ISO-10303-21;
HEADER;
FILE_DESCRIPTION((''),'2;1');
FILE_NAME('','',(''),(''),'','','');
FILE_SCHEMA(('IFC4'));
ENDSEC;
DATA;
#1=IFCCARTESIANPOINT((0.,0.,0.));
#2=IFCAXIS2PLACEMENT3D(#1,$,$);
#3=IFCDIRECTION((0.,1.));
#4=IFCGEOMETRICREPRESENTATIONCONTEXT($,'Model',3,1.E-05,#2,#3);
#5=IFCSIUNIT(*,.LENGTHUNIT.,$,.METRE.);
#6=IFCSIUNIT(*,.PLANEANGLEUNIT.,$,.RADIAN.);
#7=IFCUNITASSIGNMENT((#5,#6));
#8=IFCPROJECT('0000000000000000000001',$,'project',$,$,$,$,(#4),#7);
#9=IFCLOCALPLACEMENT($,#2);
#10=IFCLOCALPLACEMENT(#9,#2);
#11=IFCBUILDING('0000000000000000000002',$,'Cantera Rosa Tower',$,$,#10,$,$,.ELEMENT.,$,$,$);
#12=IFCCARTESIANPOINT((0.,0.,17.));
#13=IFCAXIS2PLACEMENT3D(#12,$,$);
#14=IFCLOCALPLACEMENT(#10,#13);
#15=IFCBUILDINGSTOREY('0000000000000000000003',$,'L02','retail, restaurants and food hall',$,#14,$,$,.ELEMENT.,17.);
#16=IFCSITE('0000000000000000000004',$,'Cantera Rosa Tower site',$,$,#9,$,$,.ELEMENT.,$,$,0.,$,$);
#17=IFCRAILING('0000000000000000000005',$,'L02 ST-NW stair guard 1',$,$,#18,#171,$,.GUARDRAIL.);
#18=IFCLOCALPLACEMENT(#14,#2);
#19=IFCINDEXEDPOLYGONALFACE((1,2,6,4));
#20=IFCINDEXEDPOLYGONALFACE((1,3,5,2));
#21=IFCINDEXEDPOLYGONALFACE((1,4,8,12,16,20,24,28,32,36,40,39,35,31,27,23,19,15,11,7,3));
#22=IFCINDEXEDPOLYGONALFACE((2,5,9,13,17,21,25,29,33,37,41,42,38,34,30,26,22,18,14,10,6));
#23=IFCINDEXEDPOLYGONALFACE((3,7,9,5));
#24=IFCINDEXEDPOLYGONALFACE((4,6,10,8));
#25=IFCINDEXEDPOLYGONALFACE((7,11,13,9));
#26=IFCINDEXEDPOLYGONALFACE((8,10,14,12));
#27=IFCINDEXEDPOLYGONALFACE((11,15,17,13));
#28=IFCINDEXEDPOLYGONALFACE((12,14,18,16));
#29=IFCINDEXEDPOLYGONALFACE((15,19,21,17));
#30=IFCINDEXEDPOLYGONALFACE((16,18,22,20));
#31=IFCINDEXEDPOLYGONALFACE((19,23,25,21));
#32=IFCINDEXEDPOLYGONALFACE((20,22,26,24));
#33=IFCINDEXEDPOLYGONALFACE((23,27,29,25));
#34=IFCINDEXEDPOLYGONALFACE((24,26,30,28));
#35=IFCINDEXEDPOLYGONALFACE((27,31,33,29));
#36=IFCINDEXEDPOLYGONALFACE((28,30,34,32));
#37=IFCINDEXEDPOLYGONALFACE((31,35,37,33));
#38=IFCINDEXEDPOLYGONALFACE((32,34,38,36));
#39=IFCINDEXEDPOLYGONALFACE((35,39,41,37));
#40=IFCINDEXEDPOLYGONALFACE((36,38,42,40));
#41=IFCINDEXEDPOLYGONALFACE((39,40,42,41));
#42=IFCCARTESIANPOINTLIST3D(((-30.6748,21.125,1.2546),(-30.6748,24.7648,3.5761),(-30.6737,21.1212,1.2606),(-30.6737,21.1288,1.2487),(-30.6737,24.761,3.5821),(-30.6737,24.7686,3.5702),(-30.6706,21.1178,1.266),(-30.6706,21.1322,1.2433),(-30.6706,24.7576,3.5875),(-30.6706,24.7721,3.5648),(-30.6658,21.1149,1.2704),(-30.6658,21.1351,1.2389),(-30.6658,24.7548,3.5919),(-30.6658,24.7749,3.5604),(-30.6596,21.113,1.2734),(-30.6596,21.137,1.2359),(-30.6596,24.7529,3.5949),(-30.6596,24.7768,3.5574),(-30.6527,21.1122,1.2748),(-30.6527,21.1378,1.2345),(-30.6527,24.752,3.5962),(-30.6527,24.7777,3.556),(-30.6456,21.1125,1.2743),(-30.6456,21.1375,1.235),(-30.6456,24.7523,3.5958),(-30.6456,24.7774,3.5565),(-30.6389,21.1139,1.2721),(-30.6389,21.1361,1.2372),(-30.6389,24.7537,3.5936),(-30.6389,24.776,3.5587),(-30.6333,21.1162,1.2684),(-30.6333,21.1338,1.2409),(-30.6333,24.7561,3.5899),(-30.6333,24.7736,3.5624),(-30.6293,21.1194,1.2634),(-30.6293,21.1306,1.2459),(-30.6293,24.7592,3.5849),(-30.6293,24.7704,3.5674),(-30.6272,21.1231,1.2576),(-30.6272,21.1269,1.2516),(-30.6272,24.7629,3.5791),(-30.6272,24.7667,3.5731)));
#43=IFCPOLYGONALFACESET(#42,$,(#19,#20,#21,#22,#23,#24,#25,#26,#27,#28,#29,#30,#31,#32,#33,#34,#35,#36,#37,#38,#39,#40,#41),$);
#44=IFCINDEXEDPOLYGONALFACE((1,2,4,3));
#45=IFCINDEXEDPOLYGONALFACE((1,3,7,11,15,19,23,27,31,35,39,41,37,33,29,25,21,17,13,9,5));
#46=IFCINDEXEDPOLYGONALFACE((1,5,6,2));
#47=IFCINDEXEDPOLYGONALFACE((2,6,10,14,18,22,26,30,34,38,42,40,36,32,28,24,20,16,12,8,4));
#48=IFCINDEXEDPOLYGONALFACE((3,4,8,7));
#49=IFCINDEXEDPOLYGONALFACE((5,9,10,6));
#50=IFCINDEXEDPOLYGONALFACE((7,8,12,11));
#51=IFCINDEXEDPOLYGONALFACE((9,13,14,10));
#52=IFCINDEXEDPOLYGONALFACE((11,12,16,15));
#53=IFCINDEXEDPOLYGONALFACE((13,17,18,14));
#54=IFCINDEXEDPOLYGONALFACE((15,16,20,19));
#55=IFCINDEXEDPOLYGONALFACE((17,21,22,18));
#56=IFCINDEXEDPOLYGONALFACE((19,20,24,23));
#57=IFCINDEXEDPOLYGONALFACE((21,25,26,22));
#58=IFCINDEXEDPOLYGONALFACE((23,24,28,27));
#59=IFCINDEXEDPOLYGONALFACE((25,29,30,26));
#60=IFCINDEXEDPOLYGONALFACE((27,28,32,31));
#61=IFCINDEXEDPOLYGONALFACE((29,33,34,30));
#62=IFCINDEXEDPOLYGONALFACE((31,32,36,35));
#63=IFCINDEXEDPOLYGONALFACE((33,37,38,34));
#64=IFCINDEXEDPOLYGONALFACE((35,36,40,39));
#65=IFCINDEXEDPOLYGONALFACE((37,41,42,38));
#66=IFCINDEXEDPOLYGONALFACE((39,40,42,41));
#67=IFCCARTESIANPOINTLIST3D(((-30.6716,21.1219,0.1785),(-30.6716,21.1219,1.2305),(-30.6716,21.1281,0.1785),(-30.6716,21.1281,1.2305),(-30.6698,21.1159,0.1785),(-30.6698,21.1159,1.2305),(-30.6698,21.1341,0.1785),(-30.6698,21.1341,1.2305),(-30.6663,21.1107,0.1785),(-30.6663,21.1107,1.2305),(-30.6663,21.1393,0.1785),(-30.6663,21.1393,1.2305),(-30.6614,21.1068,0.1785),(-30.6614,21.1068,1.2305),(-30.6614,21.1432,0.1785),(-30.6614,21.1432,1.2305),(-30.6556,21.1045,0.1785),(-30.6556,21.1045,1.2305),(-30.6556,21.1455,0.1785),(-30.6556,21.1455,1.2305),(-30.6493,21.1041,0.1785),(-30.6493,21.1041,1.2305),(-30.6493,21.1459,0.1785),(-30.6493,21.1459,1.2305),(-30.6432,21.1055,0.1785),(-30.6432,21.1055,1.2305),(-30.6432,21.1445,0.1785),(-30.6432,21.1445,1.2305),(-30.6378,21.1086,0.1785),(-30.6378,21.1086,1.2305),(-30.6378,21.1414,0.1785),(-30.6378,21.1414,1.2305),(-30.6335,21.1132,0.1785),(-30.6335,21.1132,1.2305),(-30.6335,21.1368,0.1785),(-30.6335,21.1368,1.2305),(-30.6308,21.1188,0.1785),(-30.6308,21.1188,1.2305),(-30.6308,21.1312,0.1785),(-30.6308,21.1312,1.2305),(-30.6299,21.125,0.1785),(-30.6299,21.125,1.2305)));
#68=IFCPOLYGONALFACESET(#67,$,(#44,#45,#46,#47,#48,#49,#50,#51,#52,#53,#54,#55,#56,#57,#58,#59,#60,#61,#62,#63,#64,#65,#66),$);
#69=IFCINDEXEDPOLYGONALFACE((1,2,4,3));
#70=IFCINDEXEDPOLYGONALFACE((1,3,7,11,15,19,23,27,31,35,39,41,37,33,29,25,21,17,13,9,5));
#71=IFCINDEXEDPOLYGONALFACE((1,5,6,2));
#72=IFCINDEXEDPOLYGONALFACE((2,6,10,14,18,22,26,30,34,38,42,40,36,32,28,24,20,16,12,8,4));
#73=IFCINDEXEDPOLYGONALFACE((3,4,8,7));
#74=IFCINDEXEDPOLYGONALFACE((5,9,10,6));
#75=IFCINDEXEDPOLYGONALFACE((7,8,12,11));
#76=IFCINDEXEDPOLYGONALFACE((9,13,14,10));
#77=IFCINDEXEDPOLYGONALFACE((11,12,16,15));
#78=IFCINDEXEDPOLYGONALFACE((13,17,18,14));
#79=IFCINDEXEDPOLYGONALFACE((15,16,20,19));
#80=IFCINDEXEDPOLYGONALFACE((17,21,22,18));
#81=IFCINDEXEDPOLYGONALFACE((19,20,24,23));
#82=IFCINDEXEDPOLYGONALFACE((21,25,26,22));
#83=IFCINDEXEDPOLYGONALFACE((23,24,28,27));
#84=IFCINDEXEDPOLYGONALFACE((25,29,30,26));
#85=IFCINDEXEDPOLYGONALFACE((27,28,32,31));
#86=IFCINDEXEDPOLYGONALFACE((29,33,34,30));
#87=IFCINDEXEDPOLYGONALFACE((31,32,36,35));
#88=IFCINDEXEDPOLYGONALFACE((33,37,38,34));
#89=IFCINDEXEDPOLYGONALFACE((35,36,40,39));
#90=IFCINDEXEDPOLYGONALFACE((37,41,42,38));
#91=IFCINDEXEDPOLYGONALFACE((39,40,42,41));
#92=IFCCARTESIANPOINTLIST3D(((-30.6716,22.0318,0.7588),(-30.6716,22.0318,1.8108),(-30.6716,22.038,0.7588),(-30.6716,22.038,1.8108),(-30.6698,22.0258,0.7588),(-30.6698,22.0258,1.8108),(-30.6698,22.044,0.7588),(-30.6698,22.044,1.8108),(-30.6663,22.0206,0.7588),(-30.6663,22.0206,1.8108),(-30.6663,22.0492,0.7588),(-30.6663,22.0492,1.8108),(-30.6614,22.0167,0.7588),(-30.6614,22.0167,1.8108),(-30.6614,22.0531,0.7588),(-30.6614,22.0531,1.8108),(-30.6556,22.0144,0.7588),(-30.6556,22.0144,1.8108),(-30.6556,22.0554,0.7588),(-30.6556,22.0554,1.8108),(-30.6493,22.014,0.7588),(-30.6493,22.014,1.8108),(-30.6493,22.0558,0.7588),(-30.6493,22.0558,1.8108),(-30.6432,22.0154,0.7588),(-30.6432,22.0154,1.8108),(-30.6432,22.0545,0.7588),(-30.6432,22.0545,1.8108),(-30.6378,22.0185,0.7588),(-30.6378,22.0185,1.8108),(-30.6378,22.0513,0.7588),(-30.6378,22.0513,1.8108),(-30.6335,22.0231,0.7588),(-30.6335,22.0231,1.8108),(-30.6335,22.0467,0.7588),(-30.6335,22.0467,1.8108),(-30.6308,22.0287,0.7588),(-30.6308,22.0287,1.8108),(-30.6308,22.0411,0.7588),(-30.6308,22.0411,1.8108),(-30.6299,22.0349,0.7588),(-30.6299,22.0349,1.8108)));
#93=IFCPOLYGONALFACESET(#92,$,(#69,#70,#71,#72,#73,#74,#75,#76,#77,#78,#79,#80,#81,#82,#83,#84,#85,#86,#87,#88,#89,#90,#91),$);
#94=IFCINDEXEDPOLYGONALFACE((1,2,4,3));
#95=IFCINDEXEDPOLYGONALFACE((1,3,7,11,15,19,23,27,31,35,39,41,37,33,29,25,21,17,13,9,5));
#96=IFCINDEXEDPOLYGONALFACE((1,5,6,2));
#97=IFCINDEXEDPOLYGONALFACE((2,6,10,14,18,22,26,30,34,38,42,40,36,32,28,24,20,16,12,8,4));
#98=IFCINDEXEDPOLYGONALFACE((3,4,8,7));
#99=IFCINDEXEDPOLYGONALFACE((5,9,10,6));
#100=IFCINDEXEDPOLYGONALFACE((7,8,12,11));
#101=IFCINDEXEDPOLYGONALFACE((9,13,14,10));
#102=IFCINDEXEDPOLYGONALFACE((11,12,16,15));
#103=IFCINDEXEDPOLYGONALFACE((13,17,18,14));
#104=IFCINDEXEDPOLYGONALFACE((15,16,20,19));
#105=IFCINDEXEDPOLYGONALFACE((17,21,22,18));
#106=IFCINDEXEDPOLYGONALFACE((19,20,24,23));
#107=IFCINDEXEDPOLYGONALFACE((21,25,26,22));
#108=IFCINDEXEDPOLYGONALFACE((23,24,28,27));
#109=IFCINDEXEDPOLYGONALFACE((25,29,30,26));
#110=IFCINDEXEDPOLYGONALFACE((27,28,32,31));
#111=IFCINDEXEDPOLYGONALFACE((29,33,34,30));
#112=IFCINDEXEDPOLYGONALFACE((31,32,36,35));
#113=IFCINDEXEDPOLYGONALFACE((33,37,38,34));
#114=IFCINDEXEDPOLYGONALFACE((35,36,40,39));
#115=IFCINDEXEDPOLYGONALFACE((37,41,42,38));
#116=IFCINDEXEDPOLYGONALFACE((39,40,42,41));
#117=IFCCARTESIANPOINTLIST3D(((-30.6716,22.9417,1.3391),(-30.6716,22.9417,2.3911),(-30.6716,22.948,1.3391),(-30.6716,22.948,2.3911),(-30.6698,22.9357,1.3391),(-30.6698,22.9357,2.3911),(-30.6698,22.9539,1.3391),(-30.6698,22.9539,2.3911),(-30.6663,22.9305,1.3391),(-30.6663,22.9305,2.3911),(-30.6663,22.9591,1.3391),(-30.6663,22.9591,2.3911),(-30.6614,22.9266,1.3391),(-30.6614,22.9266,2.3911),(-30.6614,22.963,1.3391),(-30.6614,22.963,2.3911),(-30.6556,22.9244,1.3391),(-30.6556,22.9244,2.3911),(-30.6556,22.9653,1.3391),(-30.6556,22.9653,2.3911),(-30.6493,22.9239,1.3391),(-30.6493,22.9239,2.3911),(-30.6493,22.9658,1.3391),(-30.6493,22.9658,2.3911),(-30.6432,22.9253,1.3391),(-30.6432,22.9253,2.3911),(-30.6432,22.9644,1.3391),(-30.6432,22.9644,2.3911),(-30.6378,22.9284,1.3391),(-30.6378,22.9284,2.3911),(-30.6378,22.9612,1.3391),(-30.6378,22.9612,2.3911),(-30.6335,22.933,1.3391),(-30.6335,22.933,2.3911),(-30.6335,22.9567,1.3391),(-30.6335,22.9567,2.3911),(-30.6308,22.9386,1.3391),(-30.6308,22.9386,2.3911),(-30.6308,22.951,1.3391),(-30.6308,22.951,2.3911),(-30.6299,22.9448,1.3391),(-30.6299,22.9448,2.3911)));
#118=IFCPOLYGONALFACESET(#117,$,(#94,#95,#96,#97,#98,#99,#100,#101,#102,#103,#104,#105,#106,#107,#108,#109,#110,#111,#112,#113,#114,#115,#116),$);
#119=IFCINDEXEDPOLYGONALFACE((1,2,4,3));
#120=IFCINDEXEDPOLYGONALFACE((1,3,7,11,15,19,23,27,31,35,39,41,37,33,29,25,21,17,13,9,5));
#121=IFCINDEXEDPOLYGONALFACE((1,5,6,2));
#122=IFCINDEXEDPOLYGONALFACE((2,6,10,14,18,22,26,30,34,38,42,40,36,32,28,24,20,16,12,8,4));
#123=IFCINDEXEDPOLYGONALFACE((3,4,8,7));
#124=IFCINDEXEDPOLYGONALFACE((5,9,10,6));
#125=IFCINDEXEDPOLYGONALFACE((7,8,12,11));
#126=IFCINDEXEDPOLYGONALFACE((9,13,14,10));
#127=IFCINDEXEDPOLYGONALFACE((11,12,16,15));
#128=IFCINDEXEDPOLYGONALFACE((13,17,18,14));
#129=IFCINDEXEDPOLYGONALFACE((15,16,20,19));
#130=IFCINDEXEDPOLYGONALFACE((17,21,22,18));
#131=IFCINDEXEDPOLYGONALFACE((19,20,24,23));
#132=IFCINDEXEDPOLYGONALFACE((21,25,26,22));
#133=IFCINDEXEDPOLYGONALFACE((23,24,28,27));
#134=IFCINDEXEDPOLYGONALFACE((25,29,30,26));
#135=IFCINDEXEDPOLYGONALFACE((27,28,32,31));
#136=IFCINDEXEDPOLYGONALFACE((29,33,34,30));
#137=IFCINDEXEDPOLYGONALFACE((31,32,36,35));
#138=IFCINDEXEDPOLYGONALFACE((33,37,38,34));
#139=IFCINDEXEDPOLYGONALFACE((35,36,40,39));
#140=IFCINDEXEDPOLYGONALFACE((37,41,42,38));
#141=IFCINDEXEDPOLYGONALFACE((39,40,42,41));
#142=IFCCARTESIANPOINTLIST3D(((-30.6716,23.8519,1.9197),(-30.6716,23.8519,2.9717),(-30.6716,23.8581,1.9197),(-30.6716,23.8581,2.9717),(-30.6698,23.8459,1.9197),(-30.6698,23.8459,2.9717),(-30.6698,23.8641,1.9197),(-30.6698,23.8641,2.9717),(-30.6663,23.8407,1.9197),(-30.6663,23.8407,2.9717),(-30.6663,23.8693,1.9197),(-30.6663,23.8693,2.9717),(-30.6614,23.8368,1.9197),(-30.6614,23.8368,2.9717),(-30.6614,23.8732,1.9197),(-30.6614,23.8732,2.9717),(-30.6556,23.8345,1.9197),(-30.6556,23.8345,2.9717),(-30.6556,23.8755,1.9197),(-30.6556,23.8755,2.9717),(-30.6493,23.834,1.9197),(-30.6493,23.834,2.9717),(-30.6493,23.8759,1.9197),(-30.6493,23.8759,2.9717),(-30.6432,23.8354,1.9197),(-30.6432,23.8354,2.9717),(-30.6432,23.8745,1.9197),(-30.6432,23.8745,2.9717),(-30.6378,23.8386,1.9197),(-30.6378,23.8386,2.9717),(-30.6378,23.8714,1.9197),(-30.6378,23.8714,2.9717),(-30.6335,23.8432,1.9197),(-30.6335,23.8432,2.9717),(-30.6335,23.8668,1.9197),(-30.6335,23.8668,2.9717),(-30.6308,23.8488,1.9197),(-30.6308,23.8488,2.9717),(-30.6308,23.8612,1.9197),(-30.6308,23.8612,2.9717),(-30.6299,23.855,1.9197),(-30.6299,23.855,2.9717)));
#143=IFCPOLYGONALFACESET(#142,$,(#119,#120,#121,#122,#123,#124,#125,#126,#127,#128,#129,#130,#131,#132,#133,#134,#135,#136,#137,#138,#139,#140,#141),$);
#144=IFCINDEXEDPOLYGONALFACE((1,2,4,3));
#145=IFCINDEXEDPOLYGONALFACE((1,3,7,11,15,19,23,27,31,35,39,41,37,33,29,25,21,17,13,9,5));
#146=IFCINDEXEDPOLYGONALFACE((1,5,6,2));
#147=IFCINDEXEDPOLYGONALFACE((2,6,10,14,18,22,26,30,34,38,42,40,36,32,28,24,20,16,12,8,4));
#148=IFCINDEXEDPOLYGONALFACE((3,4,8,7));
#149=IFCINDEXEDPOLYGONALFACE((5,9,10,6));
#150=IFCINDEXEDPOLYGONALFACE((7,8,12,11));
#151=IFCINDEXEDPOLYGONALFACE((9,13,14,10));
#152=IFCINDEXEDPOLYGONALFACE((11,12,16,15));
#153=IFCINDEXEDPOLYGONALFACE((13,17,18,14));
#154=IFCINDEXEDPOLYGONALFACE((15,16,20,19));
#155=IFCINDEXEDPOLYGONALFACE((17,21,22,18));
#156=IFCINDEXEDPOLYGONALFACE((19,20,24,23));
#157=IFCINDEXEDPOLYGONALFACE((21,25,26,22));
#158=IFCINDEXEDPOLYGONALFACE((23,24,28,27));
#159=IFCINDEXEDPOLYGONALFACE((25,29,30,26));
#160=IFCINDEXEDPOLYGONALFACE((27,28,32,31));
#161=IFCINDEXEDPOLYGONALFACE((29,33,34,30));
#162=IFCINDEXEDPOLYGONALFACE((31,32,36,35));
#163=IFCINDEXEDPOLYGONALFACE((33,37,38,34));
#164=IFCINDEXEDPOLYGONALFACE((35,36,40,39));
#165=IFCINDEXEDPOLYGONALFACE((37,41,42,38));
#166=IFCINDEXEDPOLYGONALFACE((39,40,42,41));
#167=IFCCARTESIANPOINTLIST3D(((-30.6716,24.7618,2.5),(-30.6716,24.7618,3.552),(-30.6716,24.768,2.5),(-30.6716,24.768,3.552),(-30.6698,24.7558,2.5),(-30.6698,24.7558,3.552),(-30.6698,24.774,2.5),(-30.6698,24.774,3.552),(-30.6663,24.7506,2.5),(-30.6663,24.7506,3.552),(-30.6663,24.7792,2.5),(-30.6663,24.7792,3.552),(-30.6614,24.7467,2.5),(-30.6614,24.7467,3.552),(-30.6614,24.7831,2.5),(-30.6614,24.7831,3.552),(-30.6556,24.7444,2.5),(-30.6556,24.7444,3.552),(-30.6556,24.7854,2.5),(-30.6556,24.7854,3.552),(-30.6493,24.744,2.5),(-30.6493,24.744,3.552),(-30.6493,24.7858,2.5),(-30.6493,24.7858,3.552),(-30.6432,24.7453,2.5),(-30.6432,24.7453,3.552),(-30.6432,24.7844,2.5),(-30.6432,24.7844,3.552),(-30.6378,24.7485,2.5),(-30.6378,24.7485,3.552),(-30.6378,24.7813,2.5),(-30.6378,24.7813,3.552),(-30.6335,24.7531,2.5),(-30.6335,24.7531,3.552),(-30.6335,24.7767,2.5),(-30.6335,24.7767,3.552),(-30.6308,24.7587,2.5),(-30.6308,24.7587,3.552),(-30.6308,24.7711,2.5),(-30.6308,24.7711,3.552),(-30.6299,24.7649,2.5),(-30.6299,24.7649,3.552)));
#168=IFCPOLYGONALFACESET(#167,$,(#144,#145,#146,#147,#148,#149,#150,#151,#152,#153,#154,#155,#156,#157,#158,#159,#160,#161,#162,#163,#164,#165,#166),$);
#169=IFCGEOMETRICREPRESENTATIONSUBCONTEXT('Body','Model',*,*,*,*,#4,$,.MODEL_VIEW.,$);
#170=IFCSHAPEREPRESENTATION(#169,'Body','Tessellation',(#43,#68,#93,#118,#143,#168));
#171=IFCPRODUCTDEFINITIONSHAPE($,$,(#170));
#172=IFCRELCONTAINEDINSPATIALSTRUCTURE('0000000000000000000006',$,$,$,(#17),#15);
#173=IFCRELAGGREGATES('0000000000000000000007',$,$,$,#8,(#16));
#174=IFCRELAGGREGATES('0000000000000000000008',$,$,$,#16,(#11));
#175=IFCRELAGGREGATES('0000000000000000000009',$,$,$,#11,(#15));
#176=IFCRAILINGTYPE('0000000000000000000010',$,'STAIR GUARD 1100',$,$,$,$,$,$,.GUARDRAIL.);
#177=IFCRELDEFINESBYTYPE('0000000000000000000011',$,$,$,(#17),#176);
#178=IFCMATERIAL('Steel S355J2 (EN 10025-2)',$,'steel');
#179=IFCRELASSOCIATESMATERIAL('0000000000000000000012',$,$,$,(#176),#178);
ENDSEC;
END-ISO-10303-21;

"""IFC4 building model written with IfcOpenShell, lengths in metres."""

from ifc_helpers import new_model, si_unit, direction, frame, origin, origin_2d, place, context, subcontext, project, spatial, circle, extrude, material, type_object, element, save


model = new_model("IFC4")

# Units and contexts
model_context = context("Model", 3, precision=1e-05, world=origin(), true_north=direction((0.0, 1.0)))
body_context = subcontext(model_context, "Body", "Model", "MODEL_VIEW")
ifc_project = project(units=[si_unit("LENGTHUNIT", "METRE"), si_unit("PLANEANGLEUNIT", "RADIAN")], contexts=[model_context])

# Site, building, storey
site_placement = place(None, origin())
site = spatial("IfcSite", under=ifc_project, at=site_placement, Name="Cantera Rosa Tower site", CompositionType="ELEMENT", RefElevation=0.0)
building_placement = place(site_placement, origin())
building = spatial("IfcBuilding", under=site, at=building_placement, Name="Cantera Rosa Tower", CompositionType="ELEMENT")
storey_placement = place(building_placement, frame((0.0, 0.0, 17.0)))
storey = spatial("IfcBuildingStorey", under=building, at=storey_placement, Name="L02", Description="retail, restaurants and food hall", CompositionType="ELEMENT", Elevation=17.0)

# Railing
ifc_material_1 = material(Name="Steel S355J2 (EN 10025-2)", Category="steel")
railing_type_1 = type_object("IfcRailingType", Name="STAIR GUARD 1100", PredefinedType="GUARDRAIL", material=ifc_material_1)
railing_1_placement = place(storey_placement, frame((-30.6509, 21.125, 0.1785)))
element("IfcRailing", 1, at=railing_1_placement, inside=storey, type_object=railing_type_1, Name="L02 ST-NW stair guard 1", PredefinedType="GUARDRAIL", context=body_context, shape_type="SweptSolid", body=[
    extrude(circle(Radius=0.0239, at=origin_2d()), frame((0.0, 0.0, 1.0762), z_axis=(0.0, 0.843112, 0.537739), x_axis=(-1.0, 0.0, 0.0)), (0.0, 0.0, 1.0), 4.3171),
    extrude(circle(Radius=0.021, at=origin_2d()), origin(), (0.0, 0.0, 1.0), 1.052),
    extrude(circle(Radius=0.021, at=origin_2d()), frame((0.0, 0.9099, 0.5803)), (0.0, 0.0, 1.0), 1.052),
    extrude(circle(Radius=0.021, at=origin_2d()), frame((0.0, 1.8198, 1.1606)), (0.0, 0.0, 1.0), 1.052),
    extrude(circle(Radius=0.021, at=origin_2d()), frame((0.0, 2.73, 1.7412)), (0.0, 0.0, 1.0), 1.052),
    extrude(circle(Radius=0.021, at=origin_2d()), frame((0.0, 3.6399, 2.3215)), (0.0, 0.0, 1.0), 1.052),
])

save(model, "model.ifc")
